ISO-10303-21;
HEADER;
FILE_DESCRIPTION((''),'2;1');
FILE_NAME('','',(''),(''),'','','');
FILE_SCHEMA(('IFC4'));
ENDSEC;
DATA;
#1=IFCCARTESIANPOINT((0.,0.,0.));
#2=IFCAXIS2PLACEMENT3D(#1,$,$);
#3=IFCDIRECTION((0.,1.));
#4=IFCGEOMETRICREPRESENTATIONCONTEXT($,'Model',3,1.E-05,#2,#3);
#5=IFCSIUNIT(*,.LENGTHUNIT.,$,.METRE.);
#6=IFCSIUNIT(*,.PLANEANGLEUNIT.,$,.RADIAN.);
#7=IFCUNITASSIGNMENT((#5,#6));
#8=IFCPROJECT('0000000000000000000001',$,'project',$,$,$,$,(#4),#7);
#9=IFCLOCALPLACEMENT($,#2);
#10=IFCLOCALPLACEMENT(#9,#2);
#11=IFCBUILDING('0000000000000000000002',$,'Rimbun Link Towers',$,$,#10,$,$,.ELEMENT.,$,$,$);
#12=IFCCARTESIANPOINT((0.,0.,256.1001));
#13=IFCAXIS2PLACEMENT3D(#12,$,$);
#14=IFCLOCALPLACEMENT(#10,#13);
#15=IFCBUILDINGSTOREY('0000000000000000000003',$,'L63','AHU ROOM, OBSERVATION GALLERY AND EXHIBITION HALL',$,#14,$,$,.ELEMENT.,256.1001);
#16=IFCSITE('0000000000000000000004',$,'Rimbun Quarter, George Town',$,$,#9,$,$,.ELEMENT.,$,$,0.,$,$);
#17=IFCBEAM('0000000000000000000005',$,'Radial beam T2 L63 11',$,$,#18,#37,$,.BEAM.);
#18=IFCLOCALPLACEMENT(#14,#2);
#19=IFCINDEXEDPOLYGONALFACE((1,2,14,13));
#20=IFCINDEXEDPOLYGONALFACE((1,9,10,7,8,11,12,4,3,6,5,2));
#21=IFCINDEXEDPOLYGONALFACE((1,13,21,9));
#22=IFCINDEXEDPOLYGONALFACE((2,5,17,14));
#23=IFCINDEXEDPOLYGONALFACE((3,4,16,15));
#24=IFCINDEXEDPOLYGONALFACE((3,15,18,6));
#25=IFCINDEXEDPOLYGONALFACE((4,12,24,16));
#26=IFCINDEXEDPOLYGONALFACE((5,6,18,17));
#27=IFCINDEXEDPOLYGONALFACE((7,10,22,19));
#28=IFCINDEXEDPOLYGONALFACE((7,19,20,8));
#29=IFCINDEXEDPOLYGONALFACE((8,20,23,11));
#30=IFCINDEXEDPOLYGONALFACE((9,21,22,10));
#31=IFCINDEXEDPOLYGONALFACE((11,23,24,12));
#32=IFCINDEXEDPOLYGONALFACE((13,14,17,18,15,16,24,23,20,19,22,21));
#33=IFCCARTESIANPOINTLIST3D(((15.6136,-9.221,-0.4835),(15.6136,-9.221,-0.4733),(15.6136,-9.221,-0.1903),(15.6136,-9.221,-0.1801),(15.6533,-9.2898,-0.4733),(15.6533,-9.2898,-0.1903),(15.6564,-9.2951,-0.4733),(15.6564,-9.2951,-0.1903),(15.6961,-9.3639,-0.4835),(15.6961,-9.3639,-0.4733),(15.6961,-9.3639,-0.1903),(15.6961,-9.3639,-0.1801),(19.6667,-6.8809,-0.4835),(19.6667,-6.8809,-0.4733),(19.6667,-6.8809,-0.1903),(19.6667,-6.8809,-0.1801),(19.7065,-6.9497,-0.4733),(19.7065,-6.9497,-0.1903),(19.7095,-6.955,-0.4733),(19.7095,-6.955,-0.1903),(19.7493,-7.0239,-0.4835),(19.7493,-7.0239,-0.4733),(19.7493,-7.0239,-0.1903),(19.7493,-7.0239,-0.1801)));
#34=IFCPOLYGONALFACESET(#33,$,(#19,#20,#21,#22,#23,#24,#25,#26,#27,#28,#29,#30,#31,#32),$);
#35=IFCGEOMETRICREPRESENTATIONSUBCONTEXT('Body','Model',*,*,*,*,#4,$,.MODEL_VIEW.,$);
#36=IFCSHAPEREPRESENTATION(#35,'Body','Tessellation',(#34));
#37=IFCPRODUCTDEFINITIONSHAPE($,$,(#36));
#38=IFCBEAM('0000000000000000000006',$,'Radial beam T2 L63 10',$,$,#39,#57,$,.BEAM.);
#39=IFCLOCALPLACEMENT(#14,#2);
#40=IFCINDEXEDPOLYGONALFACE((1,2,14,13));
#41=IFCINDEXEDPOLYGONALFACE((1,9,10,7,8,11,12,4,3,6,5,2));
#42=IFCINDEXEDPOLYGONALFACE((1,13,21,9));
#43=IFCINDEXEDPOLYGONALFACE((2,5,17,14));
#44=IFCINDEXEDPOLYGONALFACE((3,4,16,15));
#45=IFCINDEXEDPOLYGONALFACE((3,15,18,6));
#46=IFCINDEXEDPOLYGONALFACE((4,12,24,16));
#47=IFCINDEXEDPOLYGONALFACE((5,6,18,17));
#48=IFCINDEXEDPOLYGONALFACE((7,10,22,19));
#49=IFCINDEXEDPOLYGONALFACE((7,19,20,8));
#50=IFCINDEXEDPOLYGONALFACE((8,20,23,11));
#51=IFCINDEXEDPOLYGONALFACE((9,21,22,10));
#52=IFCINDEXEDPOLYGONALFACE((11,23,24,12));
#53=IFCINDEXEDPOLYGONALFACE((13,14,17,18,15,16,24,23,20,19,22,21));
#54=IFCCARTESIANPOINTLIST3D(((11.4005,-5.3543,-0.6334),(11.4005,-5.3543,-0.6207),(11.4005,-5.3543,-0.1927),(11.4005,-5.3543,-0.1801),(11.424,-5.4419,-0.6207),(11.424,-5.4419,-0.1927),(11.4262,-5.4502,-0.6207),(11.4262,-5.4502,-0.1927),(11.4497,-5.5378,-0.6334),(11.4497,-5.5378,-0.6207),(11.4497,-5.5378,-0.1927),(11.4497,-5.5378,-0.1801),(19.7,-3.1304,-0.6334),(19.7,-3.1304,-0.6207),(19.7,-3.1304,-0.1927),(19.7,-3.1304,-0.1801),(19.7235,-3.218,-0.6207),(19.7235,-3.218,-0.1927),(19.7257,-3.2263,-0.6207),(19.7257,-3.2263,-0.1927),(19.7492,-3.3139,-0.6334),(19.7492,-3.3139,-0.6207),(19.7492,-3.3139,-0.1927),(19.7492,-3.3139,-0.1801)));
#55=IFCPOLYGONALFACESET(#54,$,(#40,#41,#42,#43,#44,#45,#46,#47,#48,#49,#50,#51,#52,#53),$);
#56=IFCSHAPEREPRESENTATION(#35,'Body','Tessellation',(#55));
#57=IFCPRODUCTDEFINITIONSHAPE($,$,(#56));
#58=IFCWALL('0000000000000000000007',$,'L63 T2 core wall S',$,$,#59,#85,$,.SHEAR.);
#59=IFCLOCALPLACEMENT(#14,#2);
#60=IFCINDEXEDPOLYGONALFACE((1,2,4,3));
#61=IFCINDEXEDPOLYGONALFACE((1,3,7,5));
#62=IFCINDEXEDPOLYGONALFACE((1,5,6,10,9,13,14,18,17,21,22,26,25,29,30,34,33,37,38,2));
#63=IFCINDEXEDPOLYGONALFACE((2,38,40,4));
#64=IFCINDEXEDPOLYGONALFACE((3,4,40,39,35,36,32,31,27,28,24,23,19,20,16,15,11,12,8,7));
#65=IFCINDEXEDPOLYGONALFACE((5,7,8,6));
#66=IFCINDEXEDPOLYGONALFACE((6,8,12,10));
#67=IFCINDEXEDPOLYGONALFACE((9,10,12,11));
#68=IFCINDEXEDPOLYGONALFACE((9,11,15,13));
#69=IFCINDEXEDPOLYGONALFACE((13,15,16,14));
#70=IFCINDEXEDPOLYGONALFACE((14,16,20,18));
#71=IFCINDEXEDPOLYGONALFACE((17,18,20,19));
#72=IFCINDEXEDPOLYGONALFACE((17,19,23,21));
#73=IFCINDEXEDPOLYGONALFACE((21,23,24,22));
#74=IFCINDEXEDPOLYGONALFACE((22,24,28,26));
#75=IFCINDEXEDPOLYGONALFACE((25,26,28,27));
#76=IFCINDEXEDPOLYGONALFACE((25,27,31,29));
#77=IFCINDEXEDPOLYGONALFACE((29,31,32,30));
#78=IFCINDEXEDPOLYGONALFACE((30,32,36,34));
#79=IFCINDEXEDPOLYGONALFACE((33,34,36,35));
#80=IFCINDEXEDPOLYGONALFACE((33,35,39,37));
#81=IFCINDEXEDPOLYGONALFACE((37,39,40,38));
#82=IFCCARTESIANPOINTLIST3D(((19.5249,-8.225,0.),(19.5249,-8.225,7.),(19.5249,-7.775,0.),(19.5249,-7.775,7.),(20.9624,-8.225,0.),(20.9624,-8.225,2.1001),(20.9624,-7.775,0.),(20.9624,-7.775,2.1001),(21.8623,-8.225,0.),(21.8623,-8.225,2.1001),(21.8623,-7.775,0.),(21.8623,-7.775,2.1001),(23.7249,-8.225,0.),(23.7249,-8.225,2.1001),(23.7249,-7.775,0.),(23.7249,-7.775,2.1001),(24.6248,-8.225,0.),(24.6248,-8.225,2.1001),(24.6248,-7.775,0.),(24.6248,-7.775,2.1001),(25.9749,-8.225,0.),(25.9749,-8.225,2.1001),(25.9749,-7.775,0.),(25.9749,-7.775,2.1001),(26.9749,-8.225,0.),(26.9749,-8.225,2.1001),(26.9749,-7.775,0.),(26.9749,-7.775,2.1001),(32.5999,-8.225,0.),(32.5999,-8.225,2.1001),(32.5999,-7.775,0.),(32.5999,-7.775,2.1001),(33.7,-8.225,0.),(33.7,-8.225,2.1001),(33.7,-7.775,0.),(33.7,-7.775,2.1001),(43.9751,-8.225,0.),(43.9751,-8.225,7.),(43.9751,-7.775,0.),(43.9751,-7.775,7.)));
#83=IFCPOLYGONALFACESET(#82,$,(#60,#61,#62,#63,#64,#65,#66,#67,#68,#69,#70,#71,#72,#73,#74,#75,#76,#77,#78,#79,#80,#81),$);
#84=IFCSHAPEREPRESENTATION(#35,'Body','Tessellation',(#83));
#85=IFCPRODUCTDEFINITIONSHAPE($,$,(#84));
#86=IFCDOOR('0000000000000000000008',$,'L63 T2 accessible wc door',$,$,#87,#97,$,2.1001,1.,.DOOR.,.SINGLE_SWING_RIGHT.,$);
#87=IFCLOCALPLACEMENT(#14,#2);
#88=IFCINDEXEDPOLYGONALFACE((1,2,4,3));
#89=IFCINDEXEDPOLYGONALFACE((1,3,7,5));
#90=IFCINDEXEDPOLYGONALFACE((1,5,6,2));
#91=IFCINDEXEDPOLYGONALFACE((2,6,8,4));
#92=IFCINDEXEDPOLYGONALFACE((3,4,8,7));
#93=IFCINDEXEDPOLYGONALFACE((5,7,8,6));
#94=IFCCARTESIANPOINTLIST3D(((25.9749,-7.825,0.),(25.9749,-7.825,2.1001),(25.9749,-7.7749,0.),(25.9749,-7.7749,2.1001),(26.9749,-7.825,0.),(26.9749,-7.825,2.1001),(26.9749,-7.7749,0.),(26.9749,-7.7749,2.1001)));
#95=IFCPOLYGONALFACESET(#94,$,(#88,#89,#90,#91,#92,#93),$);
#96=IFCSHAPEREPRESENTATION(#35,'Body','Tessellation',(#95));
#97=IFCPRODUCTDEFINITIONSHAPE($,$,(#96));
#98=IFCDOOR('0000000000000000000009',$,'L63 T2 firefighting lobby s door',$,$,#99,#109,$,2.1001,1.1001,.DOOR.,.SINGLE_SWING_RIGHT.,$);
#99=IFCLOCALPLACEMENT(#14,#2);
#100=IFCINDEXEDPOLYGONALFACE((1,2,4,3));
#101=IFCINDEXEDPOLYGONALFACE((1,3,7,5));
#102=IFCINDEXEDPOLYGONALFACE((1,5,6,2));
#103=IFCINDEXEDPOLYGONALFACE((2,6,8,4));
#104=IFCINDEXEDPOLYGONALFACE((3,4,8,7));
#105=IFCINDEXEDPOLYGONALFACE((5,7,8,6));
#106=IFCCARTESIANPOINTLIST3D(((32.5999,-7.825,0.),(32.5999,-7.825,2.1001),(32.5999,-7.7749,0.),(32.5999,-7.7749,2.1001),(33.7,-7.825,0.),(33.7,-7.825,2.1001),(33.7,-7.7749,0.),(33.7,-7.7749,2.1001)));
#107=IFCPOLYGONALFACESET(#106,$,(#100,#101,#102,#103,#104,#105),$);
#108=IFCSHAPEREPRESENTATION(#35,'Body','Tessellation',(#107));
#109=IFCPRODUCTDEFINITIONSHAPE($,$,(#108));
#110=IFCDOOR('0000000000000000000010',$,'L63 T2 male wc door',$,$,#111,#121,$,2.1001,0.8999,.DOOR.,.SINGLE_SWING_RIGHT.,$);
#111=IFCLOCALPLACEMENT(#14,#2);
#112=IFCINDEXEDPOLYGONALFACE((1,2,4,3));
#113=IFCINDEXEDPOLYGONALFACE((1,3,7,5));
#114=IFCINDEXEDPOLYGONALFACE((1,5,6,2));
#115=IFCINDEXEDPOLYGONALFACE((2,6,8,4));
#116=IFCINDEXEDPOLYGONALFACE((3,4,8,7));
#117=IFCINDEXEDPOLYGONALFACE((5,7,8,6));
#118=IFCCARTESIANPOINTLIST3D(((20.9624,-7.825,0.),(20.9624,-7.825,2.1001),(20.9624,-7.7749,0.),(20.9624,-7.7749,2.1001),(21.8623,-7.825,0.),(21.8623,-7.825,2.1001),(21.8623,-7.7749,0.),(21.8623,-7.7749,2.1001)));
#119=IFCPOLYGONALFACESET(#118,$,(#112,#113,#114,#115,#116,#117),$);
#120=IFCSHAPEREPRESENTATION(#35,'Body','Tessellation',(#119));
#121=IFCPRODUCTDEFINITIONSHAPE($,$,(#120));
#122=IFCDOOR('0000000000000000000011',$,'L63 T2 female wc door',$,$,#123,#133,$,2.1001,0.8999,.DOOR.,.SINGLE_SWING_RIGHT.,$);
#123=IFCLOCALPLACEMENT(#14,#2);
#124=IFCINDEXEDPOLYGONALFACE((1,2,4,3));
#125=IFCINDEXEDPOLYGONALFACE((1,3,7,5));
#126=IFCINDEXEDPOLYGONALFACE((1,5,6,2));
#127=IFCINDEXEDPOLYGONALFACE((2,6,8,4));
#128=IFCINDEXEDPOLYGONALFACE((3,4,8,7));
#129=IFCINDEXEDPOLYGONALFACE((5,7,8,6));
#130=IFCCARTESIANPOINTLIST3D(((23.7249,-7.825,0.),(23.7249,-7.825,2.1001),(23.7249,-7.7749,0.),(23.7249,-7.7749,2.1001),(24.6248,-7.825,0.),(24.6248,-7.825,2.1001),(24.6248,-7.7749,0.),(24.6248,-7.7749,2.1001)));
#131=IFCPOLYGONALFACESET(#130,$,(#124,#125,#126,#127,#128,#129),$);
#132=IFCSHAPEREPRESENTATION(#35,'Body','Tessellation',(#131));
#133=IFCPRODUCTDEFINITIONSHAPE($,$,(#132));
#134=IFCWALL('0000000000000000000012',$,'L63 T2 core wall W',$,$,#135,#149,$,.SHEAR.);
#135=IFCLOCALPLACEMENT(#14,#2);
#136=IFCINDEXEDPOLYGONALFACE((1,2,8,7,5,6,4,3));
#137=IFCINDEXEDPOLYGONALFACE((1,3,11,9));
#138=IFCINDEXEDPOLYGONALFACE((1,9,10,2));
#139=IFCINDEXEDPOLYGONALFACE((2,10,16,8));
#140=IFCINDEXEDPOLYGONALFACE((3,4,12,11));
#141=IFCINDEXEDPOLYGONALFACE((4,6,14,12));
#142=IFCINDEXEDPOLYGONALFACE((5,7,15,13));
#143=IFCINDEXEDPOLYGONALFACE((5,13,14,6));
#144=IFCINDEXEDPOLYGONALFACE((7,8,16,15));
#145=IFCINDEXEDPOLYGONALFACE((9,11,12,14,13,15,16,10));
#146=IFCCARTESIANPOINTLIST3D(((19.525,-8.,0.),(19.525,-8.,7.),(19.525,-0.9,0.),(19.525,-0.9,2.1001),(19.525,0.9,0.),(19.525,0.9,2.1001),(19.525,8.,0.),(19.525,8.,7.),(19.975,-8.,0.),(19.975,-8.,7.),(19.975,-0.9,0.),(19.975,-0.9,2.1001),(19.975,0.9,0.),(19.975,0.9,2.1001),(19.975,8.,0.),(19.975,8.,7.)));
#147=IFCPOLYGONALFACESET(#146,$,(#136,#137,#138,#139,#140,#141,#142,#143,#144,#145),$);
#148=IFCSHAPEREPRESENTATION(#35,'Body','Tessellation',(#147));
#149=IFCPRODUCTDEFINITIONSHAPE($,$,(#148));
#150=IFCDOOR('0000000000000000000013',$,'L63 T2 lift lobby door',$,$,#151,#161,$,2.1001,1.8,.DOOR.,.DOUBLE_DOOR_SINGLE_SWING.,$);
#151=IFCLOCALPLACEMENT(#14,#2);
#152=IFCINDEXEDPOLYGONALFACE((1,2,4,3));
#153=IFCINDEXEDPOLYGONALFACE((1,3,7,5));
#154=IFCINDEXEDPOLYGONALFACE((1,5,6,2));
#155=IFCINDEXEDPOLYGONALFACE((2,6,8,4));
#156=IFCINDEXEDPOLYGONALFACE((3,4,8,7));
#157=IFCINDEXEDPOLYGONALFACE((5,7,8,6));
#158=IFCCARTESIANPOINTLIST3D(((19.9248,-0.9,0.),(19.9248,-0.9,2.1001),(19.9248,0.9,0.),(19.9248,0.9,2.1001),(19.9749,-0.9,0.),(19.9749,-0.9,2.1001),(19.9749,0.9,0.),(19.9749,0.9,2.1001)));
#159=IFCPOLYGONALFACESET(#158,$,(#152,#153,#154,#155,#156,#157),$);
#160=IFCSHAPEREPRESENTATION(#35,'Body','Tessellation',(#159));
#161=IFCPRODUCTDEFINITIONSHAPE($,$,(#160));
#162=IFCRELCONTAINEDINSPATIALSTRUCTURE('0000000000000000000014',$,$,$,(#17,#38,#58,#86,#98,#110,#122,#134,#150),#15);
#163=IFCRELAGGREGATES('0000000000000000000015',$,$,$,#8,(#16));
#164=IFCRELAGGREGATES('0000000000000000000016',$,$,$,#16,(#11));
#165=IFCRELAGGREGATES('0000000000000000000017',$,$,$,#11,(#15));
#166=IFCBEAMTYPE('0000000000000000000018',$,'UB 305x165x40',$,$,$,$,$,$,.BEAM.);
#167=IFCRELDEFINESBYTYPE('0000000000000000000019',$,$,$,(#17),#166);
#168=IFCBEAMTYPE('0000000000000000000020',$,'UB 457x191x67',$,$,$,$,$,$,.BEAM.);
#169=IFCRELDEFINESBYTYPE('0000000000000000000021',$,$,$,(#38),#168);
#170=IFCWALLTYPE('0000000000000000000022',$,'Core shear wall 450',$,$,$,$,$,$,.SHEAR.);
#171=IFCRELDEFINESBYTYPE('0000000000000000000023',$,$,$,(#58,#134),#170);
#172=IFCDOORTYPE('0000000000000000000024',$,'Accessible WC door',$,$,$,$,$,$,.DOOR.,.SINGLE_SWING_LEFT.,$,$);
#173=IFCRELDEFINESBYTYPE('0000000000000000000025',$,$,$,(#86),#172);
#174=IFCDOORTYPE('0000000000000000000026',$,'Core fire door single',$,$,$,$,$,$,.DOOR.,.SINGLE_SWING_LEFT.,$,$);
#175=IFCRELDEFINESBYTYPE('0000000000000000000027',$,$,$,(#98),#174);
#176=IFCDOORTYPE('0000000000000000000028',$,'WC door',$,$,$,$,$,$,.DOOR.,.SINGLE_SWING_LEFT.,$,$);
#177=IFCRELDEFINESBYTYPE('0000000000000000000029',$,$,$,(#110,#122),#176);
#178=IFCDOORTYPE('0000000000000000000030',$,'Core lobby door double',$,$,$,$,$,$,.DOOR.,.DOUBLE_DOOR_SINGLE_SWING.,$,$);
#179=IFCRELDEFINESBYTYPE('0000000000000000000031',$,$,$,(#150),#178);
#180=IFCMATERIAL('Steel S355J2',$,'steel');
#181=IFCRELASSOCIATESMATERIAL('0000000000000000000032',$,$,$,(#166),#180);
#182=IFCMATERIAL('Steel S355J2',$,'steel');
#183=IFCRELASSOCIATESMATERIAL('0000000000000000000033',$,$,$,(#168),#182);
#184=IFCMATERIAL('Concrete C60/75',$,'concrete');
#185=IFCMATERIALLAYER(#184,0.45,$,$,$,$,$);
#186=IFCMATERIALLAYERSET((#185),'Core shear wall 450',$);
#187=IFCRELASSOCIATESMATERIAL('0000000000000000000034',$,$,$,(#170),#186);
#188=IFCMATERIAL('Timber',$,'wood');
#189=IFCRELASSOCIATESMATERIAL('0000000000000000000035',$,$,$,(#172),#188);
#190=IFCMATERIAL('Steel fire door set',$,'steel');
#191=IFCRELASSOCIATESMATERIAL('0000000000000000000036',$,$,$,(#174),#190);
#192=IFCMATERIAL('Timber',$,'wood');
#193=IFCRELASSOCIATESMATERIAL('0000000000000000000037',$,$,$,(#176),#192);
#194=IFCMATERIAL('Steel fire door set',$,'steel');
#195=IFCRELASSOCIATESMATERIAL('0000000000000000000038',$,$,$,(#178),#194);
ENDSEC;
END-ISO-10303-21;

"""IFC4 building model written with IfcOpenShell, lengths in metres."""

from ifc_helpers import new_model, si_unit, direction, frame, frame_2d, origin, origin_2d, place, context, subcontext, project, spatial, rectangle, i_section, extrude, material, layer, layer_set, material_profile, profile_set, type_object, element, fill, save


model = new_model("IFC4")

# Units and contexts
model_context = context("Model", 3, precision=1e-05, world=origin(), true_north=direction((0.0, 1.0)))
body_context = subcontext(model_context, "Body", "Model", "MODEL_VIEW")
ifc_project = project(units=[si_unit("LENGTHUNIT", "METRE"), si_unit("PLANEANGLEUNIT", "RADIAN")], contexts=[model_context])

# Site, building, storey
site_placement = place(None, origin())
site = spatial("IfcSite", under=ifc_project, at=site_placement, Name="Rimbun Quarter, George Town", CompositionType="ELEMENT", RefElevation=0.0)
building_placement = place(site_placement, origin())
building = spatial("IfcBuilding", under=site, at=building_placement, Name="Rimbun Link Towers", CompositionType="ELEMENT")
storey_placement = place(building_placement, frame((0.0, 0.0, 256.1001)))
storey = spatial("IfcBuildingStorey", under=building, at=storey_placement, Name="L63", Description="AHU ROOM, OBSERVATION GALLERY AND EXHIBITION HALL", CompositionType="ELEMENT", Elevation=256.1001)

# Beams
ifc_material_1 = material(Name="Steel S355J2", Category="steel")
ifc_material_profile_1 = material_profile(ifc_material_1, i_section(OverallWidth=0.165, OverallDepth=0.3035, WebThickness=0.0061, FlangeThickness=0.0103, at=origin_2d()), Name="UB 305x165x40")
ifc_profile_set_1 = profile_set([ifc_material_profile_1], Name="Steel S355J2")
beam_type_1 = type_object("IfcBeamType", Name="UB 305x165x40", PredefinedType="BEAM", material=ifc_profile_set_1)
beam_1_placement = place(storey_placement, frame((19.708, -6.9524, -0.3318), z_axis=(-0.866029, -0.499993, 0.0), x_axis=(0.499993, -0.866029, 0.0)))
element("IfcBeam", 1, at=beam_1_placement, inside=storey, type_object=beam_type_1, Name="Radial beam T2 L63 11", PredefinedType="BEAM", context=body_context, shape_type="SweptSolid", body=[
    extrude(i_section(OverallWidth=0.165, OverallDepth=0.3035, WebThickness=0.0061, FlangeThickness=0.0103, at=origin_2d()), origin(), (0.0, 0.0, 1.0), 4.6802),
])
ifc_material_2 = material(Name="Steel S355J2", Category="steel")
ifc_material_profile_2 = material_profile(ifc_material_2, i_section(OverallWidth=0.1899, OverallDepth=0.4534, WebThickness=0.0085, FlangeThickness=0.0127, at=origin_2d()), Name="UB 457x191x67")
ifc_profile_set_2 = profile_set([ifc_material_profile_2], Name="Steel S355J2")
beam_type_2 = type_object("IfcBeamType", Name="UB 457x191x67", PredefinedType="BEAM", material=ifc_profile_set_2)
beam_2_placement = place(storey_placement, frame((19.7246, -3.2222, -0.4067), z_axis=(-0.965925, -0.258821, 0.0), x_axis=(0.258821, -0.965925, 0.0)))
element("IfcBeam", 2, at=beam_2_placement, inside=storey, type_object=beam_type_2, Name="Radial beam T2 L63 10", PredefinedType="BEAM", context=body_context, shape_type="SweptSolid", body=[
    extrude(i_section(OverallWidth=0.1899, OverallDepth=0.4534, WebThickness=0.0085, FlangeThickness=0.0127, at=origin_2d()), origin(), (0.0, 0.0, 1.0), 8.5923),
])

# Wall, openings, doors
ifc_material_3 = material(Name="Concrete C60/75", Category="concrete")
ifc_layer_1 = layer(ifc_material_3, 0.45)
ifc_layer_set_1 = layer_set([ifc_layer_1], Name="Core shear wall 450")
wall_type_1 = type_object("IfcWallType", Name="Core shear wall 450", PredefinedType="SHEAR", material=ifc_layer_set_1)
wall_1_placement = place(storey_placement, frame((19.5249, -8.0, 0.0), z_axis=(0.0, 0.0, 1.0), x_axis=(1.0, 0.0, 0.0)))
wall_1 = element("IfcWall", 3, at=wall_1_placement, inside=storey, type_object=wall_type_1, Name="L63 T2 core wall S", PredefinedType="SHEAR", context=body_context, shape_type="SweptSolid", body=[
    extrude(rectangle(XDim=24.4502, YDim=0.45, at=frame_2d((12.2251, 0.0))), origin(), (0.0, 0.0, 1.0), 7.0),
])
opening_1_placement = place(wall_1_placement, frame((13.075, 0.0, 0.0)))
opening_1 = element("IfcOpeningElement", 4, at=opening_1_placement, cuts=wall_1, PredefinedType="OPENING", context=body_context, shape_type="SweptSolid", body=[
    extrude(rectangle(XDim=1.1001, YDim=2.1001, at=frame_2d((0.55, 1.05))), frame((0.0, 0.2349, 0.0), z_axis=(0.0, -1.0, 0.0), x_axis=(1.0, 0.0, 0.0)), (0.0, 0.0, 1.0), 0.47),
])
opening_2_placement = place(wall_1_placement, frame((1.4375, 0.0, 0.0)))
opening_2 = element("IfcOpeningElement", 5, at=opening_2_placement, cuts=wall_1, PredefinedType="OPENING", context=body_context, shape_type="SweptSolid", body=[
    extrude(rectangle(XDim=0.8999, YDim=2.1001, at=frame_2d((0.45, 1.05))), frame((0.0, 0.2349, 0.0), z_axis=(0.0, -1.0, 0.0), x_axis=(1.0, 0.0, 0.0)), (0.0, 0.0, 1.0), 0.47),
])
opening_3_placement = place(wall_1_placement, frame((4.2, 0.0, 0.0)))
opening_3 = element("IfcOpeningElement", 6, at=opening_3_placement, cuts=wall_1, PredefinedType="OPENING", context=body_context, shape_type="SweptSolid", body=[
    extrude(rectangle(XDim=0.8999, YDim=2.1001, at=frame_2d((0.45, 1.05))), frame((0.0, 0.2349, 0.0), z_axis=(0.0, -1.0, 0.0), x_axis=(1.0, 0.0, 0.0)), (0.0, 0.0, 1.0), 0.47),
])
opening_4_placement = place(wall_1_placement, frame((6.45, 0.0, 0.0)))
opening_4 = element("IfcOpeningElement", 7, at=opening_4_placement, cuts=wall_1, PredefinedType="OPENING", context=body_context, shape_type="SweptSolid", body=[
    extrude(rectangle(XDim=1.0, YDim=2.1001, at=frame_2d((0.5, 1.05))), frame((0.0, 0.2349, 0.0), z_axis=(0.0, -1.0, 0.0), x_axis=(1.0, 0.0, 0.0)), (0.0, 0.0, 1.0), 0.47),
])
ifc_material_4 = material(Name="Timber", Category="wood")
door_type_1 = type_object("IfcDoorType", Name="Accessible WC door", OperationType="SINGLE_SWING_LEFT", PredefinedType="DOOR", material=ifc_material_4)
door_1_placement = place(opening_4_placement, origin())
door_1 = element("IfcDoor", 8, at=door_1_placement, inside=storey, type_object=door_type_1, Name="L63 T2 accessible wc door", OperationType="SINGLE_SWING_RIGHT", OverallHeight=2.1001, OverallWidth=1.0, PredefinedType="DOOR", context=body_context, shape_type="SweptSolid", body=[
    extrude(rectangle(XDim=1.0, YDim=2.1001, at=frame_2d((0.5, 1.05))), frame((0.0, 0.2251, 0.0), z_axis=(0.0, -1.0, 0.0), x_axis=(1.0, 0.0, 0.0)), (0.0, 0.0, 1.0), 0.05),
])
fill(opening_4, door_1)
ifc_material_5 = material(Name="Steel fire door set", Category="steel")
door_type_2 = type_object("IfcDoorType", Name="Core fire door single", OperationType="SINGLE_SWING_LEFT", PredefinedType="DOOR", material=ifc_material_5)
door_2_placement = place(opening_1_placement, origin())
door_2 = element("IfcDoor", 9, at=door_2_placement, inside=storey, type_object=door_type_2, Name="L63 T2 firefighting lobby s door", OperationType="SINGLE_SWING_RIGHT", OverallHeight=2.1001, OverallWidth=1.1001, PredefinedType="DOOR", context=body_context, shape_type="SweptSolid", body=[
    extrude(rectangle(XDim=1.1001, YDim=2.1001, at=frame_2d((0.55, 1.05))), frame((0.0, 0.2251, 0.0), z_axis=(0.0, -1.0, 0.0), x_axis=(1.0, 0.0, 0.0)), (0.0, 0.0, 1.0), 0.05),
])
fill(opening_1, door_2)
ifc_material_6 = material(Name="Timber", Category="wood")
door_type_3 = type_object("IfcDoorType", Name="WC door", OperationType="SINGLE_SWING_LEFT", PredefinedType="DOOR", material=ifc_material_6)
door_3_placement = place(opening_2_placement, origin())
door_3 = element("IfcDoor", 10, at=door_3_placement, inside=storey, type_object=door_type_3, Name="L63 T2 male wc door", OperationType="SINGLE_SWING_RIGHT", OverallHeight=2.1001, OverallWidth=0.8999, PredefinedType="DOOR", context=body_context, shape_type="SweptSolid", body=[
    extrude(rectangle(XDim=0.8999, YDim=2.1001, at=frame_2d((0.45, 1.05))), frame((0.0, 0.2251, 0.0), z_axis=(0.0, -1.0, 0.0), x_axis=(1.0, 0.0, 0.0)), (0.0, 0.0, 1.0), 0.05),
])
fill(opening_2, door_3)
door_4_placement = place(opening_3_placement, origin())
door_4 = element("IfcDoor", 11, at=door_4_placement, inside=storey, type_object=door_type_3, Name="L63 T2 female wc door", OperationType="SINGLE_SWING_RIGHT", OverallHeight=2.1001, OverallWidth=0.8999, PredefinedType="DOOR", context=body_context, shape_type="SweptSolid", body=[
    extrude(rectangle(XDim=0.8999, YDim=2.1001, at=frame_2d((0.45, 1.05))), frame((0.0, 0.2251, 0.0), z_axis=(0.0, -1.0, 0.0), x_axis=(1.0, 0.0, 0.0)), (0.0, 0.0, 1.0), 0.05),
])
fill(opening_3, door_4)

# Wall, opening, door
wall_2_placement = place(storey_placement, frame((19.75, -8.0, 0.0), z_axis=(0.0, 0.0, 1.0), x_axis=(0.0, 1.0, 0.0)))
wall_2 = element("IfcWall", 12, at=wall_2_placement, inside=storey, type_object=wall_type_1, Name="L63 T2 core wall W", PredefinedType="SHEAR", context=body_context, shape_type="SweptSolid", body=[
    extrude(rectangle(XDim=16.0, YDim=0.45, at=frame_2d((8.0, 0.0))), origin(), (0.0, 0.0, 1.0), 7.0),
])
opening_5_placement = place(wall_2_placement, frame((7.1001, 0.0, 0.0)))
opening_5 = element("IfcOpeningElement", 13, at=opening_5_placement, cuts=wall_2, PredefinedType="OPENING", context=body_context, shape_type="SweptSolid", body=[
    extrude(rectangle(XDim=1.8, YDim=2.1001, at=frame_2d((0.8999, 1.05))), frame((0.0, 0.2349, 0.0), z_axis=(0.0, -1.0, 0.0), x_axis=(1.0, 0.0, 0.0)), (0.0, 0.0, 1.0), 0.47),
])
ifc_material_7 = material(Name="Steel fire door set", Category="steel")
door_type_4 = type_object("IfcDoorType", Name="Core lobby door double", OperationType="DOUBLE_DOOR_SINGLE_SWING", PredefinedType="DOOR", material=ifc_material_7)
door_5_placement = place(opening_5_placement, origin())
door_5 = element("IfcDoor", 14, at=door_5_placement, inside=storey, type_object=door_type_4, Name="L63 T2 lift lobby door", OperationType="DOUBLE_DOOR_SINGLE_SWING", OverallHeight=2.1001, OverallWidth=1.8, PredefinedType="DOOR", context=body_context, shape_type="SweptSolid", body=[
    extrude(rectangle(XDim=1.8, YDim=2.1001, at=frame_2d((0.8999, 1.05))), frame((0.0, -0.1748, 0.0), z_axis=(0.0, -1.0, 0.0), x_axis=(1.0, 0.0, 0.0)), (0.0, 0.0, 1.0), 0.05),
])
fill(opening_5, door_5)

save(model, "model.ifc")
